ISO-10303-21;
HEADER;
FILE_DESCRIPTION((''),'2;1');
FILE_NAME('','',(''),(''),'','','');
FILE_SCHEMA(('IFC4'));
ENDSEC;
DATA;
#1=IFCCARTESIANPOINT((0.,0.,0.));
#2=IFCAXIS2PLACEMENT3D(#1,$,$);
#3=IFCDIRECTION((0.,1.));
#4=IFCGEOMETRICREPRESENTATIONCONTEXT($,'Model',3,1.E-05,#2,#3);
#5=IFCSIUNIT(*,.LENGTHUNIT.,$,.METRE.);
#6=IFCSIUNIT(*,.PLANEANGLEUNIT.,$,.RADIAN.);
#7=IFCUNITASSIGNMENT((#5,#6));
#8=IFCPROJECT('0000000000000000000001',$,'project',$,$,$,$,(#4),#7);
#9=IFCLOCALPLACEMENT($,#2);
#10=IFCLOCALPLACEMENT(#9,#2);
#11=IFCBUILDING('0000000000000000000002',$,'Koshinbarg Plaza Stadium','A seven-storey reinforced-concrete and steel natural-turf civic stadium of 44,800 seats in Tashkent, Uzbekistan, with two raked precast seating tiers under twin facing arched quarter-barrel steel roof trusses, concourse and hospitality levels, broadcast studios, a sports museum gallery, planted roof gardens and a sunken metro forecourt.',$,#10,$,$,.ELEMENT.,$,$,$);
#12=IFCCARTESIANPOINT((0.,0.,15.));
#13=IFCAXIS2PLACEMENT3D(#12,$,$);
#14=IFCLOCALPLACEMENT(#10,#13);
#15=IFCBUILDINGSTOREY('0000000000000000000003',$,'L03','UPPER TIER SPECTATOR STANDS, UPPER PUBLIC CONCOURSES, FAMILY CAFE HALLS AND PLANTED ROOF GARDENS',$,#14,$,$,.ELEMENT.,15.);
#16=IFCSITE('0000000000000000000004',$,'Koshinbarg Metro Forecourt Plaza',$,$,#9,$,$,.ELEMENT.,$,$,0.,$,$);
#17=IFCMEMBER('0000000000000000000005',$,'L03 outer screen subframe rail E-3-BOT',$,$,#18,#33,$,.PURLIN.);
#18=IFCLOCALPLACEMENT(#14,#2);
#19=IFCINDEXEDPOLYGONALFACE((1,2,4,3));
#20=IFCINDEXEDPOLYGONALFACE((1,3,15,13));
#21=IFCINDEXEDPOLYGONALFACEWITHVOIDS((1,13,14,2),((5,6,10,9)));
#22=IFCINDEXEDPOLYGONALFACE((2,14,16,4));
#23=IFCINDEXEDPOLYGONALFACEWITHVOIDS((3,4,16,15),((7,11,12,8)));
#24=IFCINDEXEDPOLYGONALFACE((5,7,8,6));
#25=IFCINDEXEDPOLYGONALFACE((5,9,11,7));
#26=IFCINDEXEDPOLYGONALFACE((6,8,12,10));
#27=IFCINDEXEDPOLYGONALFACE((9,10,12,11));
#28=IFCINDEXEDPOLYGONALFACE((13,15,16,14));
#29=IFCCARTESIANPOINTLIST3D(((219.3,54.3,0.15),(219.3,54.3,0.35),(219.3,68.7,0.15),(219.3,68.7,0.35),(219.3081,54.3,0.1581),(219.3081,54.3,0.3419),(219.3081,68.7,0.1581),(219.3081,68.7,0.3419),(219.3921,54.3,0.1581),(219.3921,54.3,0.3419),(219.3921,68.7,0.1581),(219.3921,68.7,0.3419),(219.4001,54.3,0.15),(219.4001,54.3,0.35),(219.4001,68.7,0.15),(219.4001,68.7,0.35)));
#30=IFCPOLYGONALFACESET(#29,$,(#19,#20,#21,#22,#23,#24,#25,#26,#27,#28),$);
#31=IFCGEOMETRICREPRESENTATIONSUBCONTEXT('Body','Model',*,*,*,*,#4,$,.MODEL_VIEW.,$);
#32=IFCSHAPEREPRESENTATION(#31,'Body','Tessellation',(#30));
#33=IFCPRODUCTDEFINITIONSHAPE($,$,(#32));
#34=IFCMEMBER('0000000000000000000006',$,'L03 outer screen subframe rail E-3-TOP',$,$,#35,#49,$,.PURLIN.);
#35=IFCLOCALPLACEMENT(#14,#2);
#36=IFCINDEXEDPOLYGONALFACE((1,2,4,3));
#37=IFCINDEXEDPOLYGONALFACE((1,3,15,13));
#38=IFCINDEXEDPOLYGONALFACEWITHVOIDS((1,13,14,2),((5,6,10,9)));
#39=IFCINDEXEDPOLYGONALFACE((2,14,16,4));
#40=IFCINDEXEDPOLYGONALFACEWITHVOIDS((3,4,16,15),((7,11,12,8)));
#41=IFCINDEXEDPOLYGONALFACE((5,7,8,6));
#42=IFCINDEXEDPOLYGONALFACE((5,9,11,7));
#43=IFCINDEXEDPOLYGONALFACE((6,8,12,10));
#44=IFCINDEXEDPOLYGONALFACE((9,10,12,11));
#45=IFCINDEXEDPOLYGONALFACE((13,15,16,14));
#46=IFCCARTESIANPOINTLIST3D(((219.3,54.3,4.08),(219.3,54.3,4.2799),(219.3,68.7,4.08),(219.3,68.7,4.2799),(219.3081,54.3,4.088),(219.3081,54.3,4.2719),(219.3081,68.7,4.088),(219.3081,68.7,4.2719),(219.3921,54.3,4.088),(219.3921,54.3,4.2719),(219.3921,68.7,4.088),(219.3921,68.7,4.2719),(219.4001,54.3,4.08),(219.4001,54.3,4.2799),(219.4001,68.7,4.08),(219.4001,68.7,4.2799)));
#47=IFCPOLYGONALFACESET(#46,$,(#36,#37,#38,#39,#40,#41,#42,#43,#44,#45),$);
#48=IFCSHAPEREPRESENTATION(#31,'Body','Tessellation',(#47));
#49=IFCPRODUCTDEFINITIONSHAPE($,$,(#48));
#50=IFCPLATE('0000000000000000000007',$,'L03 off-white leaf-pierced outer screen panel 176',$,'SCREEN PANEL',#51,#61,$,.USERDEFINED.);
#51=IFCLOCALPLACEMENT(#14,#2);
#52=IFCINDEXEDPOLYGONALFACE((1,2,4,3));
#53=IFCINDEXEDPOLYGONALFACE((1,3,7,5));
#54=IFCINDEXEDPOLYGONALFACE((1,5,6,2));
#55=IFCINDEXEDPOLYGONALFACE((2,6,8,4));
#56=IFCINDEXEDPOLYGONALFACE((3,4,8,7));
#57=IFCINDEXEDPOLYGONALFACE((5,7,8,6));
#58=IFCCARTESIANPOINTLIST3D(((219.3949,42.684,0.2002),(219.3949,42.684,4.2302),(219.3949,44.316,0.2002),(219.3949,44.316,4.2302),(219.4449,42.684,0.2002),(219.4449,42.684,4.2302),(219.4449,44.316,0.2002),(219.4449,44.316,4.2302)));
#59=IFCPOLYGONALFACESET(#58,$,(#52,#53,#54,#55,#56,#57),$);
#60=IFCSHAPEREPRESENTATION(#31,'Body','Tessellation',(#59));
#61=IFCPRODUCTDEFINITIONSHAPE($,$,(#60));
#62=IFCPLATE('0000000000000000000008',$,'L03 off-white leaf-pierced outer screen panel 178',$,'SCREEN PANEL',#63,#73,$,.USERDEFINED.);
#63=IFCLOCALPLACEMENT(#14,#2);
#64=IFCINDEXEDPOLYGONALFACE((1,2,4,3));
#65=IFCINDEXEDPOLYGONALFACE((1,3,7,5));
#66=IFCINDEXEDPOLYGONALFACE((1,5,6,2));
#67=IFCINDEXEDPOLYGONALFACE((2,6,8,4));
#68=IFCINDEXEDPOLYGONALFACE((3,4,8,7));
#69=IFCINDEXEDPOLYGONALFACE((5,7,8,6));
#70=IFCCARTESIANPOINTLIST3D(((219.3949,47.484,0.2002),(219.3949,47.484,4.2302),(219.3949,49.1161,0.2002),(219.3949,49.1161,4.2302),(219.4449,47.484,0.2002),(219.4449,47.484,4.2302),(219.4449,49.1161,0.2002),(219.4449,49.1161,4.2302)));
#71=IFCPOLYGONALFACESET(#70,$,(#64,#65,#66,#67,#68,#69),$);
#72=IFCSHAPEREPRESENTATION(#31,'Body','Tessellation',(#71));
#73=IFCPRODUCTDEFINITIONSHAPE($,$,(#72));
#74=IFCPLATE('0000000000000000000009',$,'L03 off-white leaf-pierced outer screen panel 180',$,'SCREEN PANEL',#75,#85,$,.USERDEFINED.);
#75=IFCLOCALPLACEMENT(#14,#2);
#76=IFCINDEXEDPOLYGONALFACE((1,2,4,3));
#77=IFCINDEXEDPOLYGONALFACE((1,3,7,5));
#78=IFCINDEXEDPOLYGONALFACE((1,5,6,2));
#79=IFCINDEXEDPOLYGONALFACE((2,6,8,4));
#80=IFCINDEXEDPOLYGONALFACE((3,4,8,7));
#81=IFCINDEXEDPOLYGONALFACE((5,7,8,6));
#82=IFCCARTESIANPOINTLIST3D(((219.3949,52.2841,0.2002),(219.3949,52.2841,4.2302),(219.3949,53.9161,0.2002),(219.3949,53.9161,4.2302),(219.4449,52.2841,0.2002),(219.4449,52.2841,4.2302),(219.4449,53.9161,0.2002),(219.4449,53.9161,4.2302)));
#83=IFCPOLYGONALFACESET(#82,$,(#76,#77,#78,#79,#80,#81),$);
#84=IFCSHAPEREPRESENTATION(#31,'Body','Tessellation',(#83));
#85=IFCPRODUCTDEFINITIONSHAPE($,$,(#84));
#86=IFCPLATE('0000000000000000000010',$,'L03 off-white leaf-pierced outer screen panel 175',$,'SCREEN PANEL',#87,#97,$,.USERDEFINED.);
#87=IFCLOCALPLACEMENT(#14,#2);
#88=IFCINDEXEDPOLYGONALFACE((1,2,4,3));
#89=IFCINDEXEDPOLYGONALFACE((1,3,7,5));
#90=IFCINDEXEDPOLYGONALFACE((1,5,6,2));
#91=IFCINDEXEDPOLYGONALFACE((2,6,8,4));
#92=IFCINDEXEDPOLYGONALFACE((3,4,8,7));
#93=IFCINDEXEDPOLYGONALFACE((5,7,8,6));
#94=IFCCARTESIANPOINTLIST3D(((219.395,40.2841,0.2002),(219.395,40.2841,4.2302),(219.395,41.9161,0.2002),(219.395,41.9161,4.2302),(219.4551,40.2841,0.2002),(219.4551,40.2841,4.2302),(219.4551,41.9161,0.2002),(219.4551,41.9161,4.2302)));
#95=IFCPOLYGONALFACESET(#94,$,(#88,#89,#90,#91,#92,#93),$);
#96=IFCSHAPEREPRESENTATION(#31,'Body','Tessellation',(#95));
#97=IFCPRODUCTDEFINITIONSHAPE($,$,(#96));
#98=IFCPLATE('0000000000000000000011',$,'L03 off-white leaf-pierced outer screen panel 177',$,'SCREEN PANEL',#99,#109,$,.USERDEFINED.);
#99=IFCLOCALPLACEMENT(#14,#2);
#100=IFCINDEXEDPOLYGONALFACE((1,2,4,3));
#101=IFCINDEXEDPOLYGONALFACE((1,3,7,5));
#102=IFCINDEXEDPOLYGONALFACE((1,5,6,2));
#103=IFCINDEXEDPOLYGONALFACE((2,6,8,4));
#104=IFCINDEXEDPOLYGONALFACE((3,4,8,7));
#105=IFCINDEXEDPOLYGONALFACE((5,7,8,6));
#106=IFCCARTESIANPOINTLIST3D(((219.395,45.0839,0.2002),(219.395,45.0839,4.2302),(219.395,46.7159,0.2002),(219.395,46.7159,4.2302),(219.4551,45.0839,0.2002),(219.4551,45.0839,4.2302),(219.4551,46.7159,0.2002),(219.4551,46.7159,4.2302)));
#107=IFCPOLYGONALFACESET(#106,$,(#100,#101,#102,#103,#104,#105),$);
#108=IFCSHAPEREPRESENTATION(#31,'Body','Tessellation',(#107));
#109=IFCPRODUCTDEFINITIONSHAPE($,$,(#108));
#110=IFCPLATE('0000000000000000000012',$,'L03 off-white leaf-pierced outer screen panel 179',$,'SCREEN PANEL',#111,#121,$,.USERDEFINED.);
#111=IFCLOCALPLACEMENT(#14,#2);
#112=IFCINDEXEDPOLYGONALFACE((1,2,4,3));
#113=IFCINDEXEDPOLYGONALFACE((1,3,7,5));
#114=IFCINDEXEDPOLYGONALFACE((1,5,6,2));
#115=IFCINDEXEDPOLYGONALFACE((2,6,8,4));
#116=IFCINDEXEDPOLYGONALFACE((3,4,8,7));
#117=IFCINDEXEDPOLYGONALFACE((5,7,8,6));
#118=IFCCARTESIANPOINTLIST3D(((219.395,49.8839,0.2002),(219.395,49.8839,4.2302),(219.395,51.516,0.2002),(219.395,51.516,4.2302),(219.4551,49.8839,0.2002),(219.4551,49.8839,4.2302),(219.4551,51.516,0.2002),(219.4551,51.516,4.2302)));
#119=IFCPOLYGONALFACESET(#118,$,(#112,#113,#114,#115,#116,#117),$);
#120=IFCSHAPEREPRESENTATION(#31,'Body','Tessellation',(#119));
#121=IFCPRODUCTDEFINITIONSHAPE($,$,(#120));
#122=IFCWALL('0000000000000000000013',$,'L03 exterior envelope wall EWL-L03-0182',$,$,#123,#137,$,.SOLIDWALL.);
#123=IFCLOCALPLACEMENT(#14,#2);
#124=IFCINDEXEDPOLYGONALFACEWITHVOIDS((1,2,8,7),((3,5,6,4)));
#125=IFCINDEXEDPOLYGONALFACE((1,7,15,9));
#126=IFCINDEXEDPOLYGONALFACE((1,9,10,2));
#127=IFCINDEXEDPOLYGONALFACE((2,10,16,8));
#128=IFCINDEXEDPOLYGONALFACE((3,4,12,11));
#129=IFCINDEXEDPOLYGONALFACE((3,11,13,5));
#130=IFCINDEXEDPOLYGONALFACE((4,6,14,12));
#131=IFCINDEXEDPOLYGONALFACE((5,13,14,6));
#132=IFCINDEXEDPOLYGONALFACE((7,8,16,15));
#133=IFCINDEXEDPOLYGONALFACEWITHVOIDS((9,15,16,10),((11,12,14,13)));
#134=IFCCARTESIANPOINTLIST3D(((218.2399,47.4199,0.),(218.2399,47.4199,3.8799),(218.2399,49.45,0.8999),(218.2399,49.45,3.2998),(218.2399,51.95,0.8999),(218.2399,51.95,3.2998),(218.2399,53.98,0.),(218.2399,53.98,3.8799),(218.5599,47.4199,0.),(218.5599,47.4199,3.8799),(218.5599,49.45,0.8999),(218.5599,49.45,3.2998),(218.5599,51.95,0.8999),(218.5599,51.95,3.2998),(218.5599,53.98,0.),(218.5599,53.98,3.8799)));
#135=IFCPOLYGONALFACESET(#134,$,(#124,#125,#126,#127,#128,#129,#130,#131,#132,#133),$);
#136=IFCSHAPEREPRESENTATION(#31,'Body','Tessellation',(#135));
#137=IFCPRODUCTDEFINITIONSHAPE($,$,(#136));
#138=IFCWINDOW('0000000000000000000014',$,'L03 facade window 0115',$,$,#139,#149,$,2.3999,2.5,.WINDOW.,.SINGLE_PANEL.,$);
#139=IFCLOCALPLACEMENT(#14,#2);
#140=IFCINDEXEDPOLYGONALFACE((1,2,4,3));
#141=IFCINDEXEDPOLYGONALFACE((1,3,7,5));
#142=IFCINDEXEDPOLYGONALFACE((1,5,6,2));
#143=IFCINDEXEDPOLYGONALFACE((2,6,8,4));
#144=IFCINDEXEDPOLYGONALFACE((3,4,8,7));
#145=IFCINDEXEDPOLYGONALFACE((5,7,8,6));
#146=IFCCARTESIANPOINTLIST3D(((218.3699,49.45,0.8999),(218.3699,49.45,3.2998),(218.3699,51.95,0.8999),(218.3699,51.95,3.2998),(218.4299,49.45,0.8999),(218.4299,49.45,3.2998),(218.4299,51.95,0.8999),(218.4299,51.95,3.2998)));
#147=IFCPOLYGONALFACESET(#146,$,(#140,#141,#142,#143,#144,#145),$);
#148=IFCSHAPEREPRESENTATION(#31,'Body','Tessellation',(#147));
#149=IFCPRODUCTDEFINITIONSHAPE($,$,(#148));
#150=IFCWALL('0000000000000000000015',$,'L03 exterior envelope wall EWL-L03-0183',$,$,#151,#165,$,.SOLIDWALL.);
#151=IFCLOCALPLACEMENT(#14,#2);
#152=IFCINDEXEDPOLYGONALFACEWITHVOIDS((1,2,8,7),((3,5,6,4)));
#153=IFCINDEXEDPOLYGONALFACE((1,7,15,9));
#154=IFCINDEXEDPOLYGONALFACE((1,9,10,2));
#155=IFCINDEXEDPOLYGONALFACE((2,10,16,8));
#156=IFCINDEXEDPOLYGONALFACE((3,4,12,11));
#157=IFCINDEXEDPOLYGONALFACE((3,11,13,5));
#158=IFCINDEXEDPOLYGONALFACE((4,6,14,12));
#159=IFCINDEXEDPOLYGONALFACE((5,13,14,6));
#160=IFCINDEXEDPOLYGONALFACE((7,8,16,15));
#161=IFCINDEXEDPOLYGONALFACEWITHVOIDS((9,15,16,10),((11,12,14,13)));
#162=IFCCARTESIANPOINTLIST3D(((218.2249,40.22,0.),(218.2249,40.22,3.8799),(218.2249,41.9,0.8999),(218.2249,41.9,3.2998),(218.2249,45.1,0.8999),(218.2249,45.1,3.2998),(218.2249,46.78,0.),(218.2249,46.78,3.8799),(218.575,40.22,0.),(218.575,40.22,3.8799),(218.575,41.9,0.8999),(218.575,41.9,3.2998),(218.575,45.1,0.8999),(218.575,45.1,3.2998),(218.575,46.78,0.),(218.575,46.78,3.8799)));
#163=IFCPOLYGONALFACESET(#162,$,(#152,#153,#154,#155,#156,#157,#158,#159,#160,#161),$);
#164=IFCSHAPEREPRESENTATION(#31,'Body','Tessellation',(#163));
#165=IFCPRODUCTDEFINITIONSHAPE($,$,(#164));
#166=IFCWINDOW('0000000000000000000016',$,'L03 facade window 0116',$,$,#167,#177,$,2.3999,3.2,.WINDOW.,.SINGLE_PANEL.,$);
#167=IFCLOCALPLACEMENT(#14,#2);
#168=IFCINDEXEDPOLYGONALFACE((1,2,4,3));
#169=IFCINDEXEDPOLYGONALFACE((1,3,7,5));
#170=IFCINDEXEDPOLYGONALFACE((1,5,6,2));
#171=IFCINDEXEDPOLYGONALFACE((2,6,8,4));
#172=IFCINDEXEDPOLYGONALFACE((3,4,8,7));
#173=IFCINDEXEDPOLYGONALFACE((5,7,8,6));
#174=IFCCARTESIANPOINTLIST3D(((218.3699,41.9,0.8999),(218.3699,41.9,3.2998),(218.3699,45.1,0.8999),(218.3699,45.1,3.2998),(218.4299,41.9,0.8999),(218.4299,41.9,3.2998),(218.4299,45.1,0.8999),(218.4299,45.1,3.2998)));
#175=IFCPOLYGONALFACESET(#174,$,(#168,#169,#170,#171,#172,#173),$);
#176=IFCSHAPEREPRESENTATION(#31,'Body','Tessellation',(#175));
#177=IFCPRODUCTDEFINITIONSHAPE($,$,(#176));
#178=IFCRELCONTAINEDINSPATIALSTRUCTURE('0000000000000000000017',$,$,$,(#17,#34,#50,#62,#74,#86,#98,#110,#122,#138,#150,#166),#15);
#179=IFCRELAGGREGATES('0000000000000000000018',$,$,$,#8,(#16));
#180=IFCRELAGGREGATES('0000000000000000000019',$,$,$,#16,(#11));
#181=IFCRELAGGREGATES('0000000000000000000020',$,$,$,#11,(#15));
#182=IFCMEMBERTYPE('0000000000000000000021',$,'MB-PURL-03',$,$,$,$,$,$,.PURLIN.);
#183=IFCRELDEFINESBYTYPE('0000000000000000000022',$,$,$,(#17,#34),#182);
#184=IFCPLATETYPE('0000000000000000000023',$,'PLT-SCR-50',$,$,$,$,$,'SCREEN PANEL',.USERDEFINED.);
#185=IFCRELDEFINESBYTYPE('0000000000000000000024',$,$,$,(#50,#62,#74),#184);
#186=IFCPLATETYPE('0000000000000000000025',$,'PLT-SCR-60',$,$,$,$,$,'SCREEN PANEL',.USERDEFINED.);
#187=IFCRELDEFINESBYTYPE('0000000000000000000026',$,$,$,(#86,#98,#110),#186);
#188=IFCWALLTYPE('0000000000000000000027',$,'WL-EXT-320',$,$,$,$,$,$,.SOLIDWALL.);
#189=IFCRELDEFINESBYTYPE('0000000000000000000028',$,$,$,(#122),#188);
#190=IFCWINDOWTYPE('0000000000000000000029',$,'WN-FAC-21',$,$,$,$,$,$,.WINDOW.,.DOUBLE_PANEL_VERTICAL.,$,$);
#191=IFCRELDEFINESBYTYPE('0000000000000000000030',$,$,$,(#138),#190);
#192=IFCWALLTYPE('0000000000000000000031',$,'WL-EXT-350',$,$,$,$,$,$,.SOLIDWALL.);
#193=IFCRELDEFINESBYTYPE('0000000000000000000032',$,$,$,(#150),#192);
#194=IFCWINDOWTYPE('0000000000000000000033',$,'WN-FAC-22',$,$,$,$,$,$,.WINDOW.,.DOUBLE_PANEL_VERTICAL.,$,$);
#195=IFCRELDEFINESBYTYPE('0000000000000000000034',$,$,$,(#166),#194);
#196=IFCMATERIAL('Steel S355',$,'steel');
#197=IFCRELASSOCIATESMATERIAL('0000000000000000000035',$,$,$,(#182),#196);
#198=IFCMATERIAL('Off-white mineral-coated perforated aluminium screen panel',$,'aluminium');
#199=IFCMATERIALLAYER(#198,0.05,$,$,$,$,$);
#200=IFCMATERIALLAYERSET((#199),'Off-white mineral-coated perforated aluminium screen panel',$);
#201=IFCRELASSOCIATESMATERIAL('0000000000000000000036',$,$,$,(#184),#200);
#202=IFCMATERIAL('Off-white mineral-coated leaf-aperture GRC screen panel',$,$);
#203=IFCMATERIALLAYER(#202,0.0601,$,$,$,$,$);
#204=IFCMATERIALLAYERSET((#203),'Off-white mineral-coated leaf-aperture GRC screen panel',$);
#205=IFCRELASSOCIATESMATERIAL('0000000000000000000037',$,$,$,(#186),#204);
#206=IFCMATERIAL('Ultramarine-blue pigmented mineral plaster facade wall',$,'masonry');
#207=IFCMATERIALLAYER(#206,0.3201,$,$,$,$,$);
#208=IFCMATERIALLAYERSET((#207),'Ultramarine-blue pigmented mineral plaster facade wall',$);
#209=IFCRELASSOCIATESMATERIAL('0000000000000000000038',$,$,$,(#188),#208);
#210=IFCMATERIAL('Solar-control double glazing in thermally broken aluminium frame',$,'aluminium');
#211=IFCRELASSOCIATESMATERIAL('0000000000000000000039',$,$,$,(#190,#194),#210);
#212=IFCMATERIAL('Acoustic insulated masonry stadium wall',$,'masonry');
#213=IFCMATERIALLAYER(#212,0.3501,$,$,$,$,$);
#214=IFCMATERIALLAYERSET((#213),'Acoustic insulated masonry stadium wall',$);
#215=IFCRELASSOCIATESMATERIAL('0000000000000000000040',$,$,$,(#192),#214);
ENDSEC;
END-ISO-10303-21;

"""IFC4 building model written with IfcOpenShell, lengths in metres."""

from ifc_helpers import new_model, si_unit, direction, frame, frame_2d, origin, origin_2d, place, context, subcontext, project, spatial, rectangle, hollow_rectangle, extrude, material, layer, layer_set, material_profile, profile_set, type_object, element, fill, save


model = new_model("IFC4")

# Units and contexts
model_context = context("Model", 3, precision=1e-05, world=origin(), true_north=direction((0.0, 1.0)))
body_context = subcontext(model_context, "Body", "Model", "MODEL_VIEW")
ifc_project = project(units=[si_unit("LENGTHUNIT", "METRE"), si_unit("PLANEANGLEUNIT", "RADIAN")], contexts=[model_context])

# Site, building, storey
site_placement = place(None, origin())
site = spatial("IfcSite", under=ifc_project, at=site_placement, Name="Koshinbarg Metro Forecourt Plaza", CompositionType="ELEMENT", RefElevation=0.0)
building_placement = place(site_placement, origin())
building = spatial("IfcBuilding", under=site, at=building_placement, Name="Koshinbarg Plaza Stadium", Description="A seven-storey reinforced-concrete and steel natural-turf civic stadium of 44,800 seats in Tashkent, Uzbekistan, with two raked precast seating tiers under twin facing arched quarter-barrel steel roof trusses, concourse and hospitality levels, broadcast studios, a sports museum gallery, planted roof gardens and a sunken metro forecourt.", CompositionType="ELEMENT")
storey_placement = place(building_placement, frame((0.0, 0.0, 15.0)))
storey = spatial("IfcBuildingStorey", under=building, at=storey_placement, Name="L03", Description="UPPER TIER SPECTATOR STANDS, UPPER PUBLIC CONCOURSES, FAMILY CAFE HALLS AND PLANTED ROOF GARDENS", CompositionType="ELEMENT", Elevation=15.0)

# Shared definitions
ifc_material_1 = material(Name="Steel S355", Category="steel")

# Members
ifc_material_profile_1 = material_profile(ifc_material_1, hollow_rectangle(XDim=0.1001, YDim=0.2, WallThickness=0.0081, at=origin_2d()), Name="RHS 200x100x8")
ifc_profile_set_1 = profile_set([ifc_material_profile_1], Name="Steel S355")
member_type = type_object("IfcMemberType", Name="MB-PURL-03", PredefinedType="PURLIN", material=ifc_profile_set_1)
for number, where, z_axis, x_axis, name in (
    (1, (219.3501, 54.3, 0.25), (0.0, 1.0, 0.0), (-1.0, 0.0, 0.0), "L03 outer screen subframe rail E-3-BOT"),
    (2, (219.3501, 54.3, 4.1799), (0.0, 1.0, 0.0), (-1.0, 0.0, 0.0), "L03 outer screen subframe rail E-3-TOP"),
):
    element("IfcMember", number, at=place(storey_placement, frame(where, z_axis=z_axis, x_axis=x_axis)), inside=storey, type_object=member_type, Name=name, PredefinedType="PURLIN", context=body_context, shape_type="SweptSolid", body=[
        extrude(hollow_rectangle(XDim=0.1001, YDim=0.2, WallThickness=0.0081, at=origin_2d()), origin(), (0.0, 0.0, 1.0), 14.3999),
    ])

# Plates
ifc_material_2 = material(Name="Off-white mineral-coated perforated aluminium screen panel", Category="aluminium")
ifc_layer_1 = layer(ifc_material_2, 0.05)
ifc_layer_set_1 = layer_set([ifc_layer_1], Name="Off-white mineral-coated perforated aluminium screen panel")
plate_type_1 = type_object("IfcPlateType", Name="PLT-SCR-50", ElementType="SCREEN PANEL", PredefinedType="USERDEFINED", material=ifc_layer_set_1)
for number, where, z_axis, x_axis, name in (
    (3, (219.4199, 43.5, 0.2002), (0.0, 0.0, 1.0), (1.0, 0.0, 0.0), "L03 off-white leaf-pierced outer screen panel 176"),
    (4, (219.4199, 48.3, 0.2002), (0.0, 0.0, 1.0), (1.0, 0.0, 0.0), "L03 off-white leaf-pierced outer screen panel 178"),
    (5, (219.4199, 53.1001, 0.2002), (0.0, 0.0, 1.0), (1.0, 0.0, 0.0), "L03 off-white leaf-pierced outer screen panel 180"),
):
    element("IfcPlate", number, at=place(storey_placement, frame(where, z_axis=z_axis, x_axis=x_axis)), inside=storey, type_object=plate_type_1, Name=name, ObjectType="SCREEN PANEL", PredefinedType="USERDEFINED", context=body_context, shape_type="SweptSolid", body=[
        extrude(rectangle(XDim=0.05, YDim=1.6321, at=origin_2d()), origin(), (0.0, 0.0, 1.0), 4.03),
    ])
ifc_material_3 = material(Name="Off-white mineral-coated leaf-aperture GRC screen panel")
ifc_layer_2 = layer(ifc_material_3, 0.0601)
ifc_layer_set_2 = layer_set([ifc_layer_2], Name="Off-white mineral-coated leaf-aperture GRC screen panel")
plate_type_2 = type_object("IfcPlateType", Name="PLT-SCR-60", ElementType="SCREEN PANEL", PredefinedType="USERDEFINED", material=ifc_layer_set_2)
for number, where, z_axis, x_axis, name in (
    (6, (219.425, 41.1001, 0.2002), (0.0, 0.0, 1.0), (1.0, 0.0, 0.0), "L03 off-white leaf-pierced outer screen panel 175"),
    (7, (219.425, 45.8999, 0.2002), (0.0, 0.0, 1.0), (1.0, 0.0, 0.0), "L03 off-white leaf-pierced outer screen panel 177"),
    (8, (219.425, 50.7, 0.2002), (0.0, 0.0, 1.0), (1.0, 0.0, 0.0), "L03 off-white leaf-pierced outer screen panel 179"),
):
    element("IfcPlate", number, at=place(storey_placement, frame(where, z_axis=z_axis, x_axis=x_axis)), inside=storey, type_object=plate_type_2, Name=name, ObjectType="SCREEN PANEL", PredefinedType="USERDEFINED", context=body_context, shape_type="SweptSolid", body=[
        extrude(rectangle(XDim=0.0601, YDim=1.6321, at=origin_2d()), origin(), (0.0, 0.0, 1.0), 4.03),
    ])

# Walls, openings, windows
ifc_material_4 = material(Name="Ultramarine-blue pigmented mineral plaster facade wall", Category="masonry")
ifc_layer_3 = layer(ifc_material_4, 0.3201)
ifc_layer_set_3 = layer_set([ifc_layer_3], Name="Ultramarine-blue pigmented mineral plaster facade wall")
wall_type_1 = type_object("IfcWallType", Name="WL-EXT-320", PredefinedType="SOLIDWALL", material=ifc_layer_set_3)
wall_1_placement = place(storey_placement, frame((218.3999, 53.98, 0.0), z_axis=(0.0, 0.0, 1.0), x_axis=(0.0, -1.0, 0.0)))
wall_1 = element("IfcWall", 9, at=wall_1_placement, inside=storey, type_object=wall_type_1, Name="L03 exterior envelope wall EWL-L03-0182", PredefinedType="SOLIDWALL", context=body_context, shape_type="SweptSolid", body=[
    extrude(rectangle(XDim=6.5601, YDim=0.3201, at=frame_2d((3.28, 0.0))), origin(), (0.0, 0.0, 1.0), 3.8799),
])
opening_1_placement = place(wall_1_placement, frame((2.03, 0.0, 0.8999)))
opening_1 = element("IfcOpeningElement", 10, at=opening_1_placement, cuts=wall_1, PredefinedType="OPENING", context=body_context, shape_type="SweptSolid", body=[
    extrude(rectangle(XDim=2.5, YDim=2.3999, at=frame_2d((1.25, 1.2))), frame((0.0, 0.1699, 0.0), z_axis=(0.0, -1.0, 0.0), x_axis=(1.0, 0.0, 0.0)), (0.0, 0.0, 1.0), 0.3401),
])
ifc_material_5 = material(Name="Solar-control double glazing in thermally broken aluminium frame", Category="aluminium")
window_type_1 = type_object("IfcWindowType", Name="WN-FAC-21", PartitioningType="DOUBLE_PANEL_VERTICAL", PredefinedType="WINDOW", material=ifc_material_5)
window_1_placement = place(opening_1_placement, origin())
window_1 = element("IfcWindow", 11, at=window_1_placement, inside=storey, type_object=window_type_1, Name="L03 facade window 0115", OverallHeight=2.3999, OverallWidth=2.5, PartitioningType="SINGLE_PANEL", PredefinedType="WINDOW", context=body_context, shape_type="SweptSolid", body=[
    extrude(rectangle(XDim=2.5, YDim=2.3999, at=frame_2d((1.25, 1.2))), frame((0.0, 0.03, 0.0), z_axis=(0.0, -1.0, 0.0), x_axis=(1.0, 0.0, 0.0)), (0.0, 0.0, 1.0), 0.0601),
])
fill(opening_1, window_1)
ifc_material_6 = material(Name="Acoustic insulated masonry stadium wall", Category="masonry")
ifc_layer_4 = layer(ifc_material_6, 0.3501)
ifc_layer_set_4 = layer_set([ifc_layer_4], Name="Acoustic insulated masonry stadium wall")
wall_type_2 = type_object("IfcWallType", Name="WL-EXT-350", PredefinedType="SOLIDWALL", material=ifc_layer_set_4)
wall_2_placement = place(storey_placement, frame((218.3999, 46.78, 0.0), z_axis=(0.0, 0.0, 1.0), x_axis=(0.0, -1.0, 0.0)))
wall_2 = element("IfcWall", 12, at=wall_2_placement, inside=storey, type_object=wall_type_2, Name="L03 exterior envelope wall EWL-L03-0183", PredefinedType="SOLIDWALL", context=body_context, shape_type="SweptSolid", body=[
    extrude(rectangle(XDim=6.5601, YDim=0.3501, at=frame_2d((3.28, 0.0))), origin(), (0.0, 0.0, 1.0), 3.8799),
])
opening_2_placement = place(wall_2_placement, frame((1.6799, 0.0, 0.8999)))
opening_2 = element("IfcOpeningElement", 13, at=opening_2_placement, cuts=wall_2, PredefinedType="OPENING", context=body_context, shape_type="SweptSolid", body=[
    extrude(rectangle(XDim=3.2, YDim=2.3999, at=frame_2d((1.6001, 1.2))), frame((0.0, 0.1851, 0.0), z_axis=(0.0, -1.0, 0.0), x_axis=(1.0, 0.0, 0.0)), (0.0, 0.0, 1.0), 0.3701),
])
window_type_2 = type_object("IfcWindowType", Name="WN-FAC-22", PartitioningType="DOUBLE_PANEL_VERTICAL", PredefinedType="WINDOW", material=ifc_material_5)
window_2_placement = place(opening_2_placement, origin())
window_2 = element("IfcWindow", 14, at=window_2_placement, inside=storey, type_object=window_type_2, Name="L03 facade window 0116", OverallHeight=2.3999, OverallWidth=3.2, PartitioningType="SINGLE_PANEL", PredefinedType="WINDOW", context=body_context, shape_type="SweptSolid", body=[
    extrude(rectangle(XDim=3.2, YDim=2.3999, at=frame_2d((1.6001, 1.2))), frame((0.0, 0.03, 0.0), z_axis=(0.0, -1.0, 0.0), x_axis=(1.0, 0.0, 0.0)), (0.0, 0.0, 1.0), 0.0601),
])
fill(opening_2, window_2)

save(model, "model.ifc")
